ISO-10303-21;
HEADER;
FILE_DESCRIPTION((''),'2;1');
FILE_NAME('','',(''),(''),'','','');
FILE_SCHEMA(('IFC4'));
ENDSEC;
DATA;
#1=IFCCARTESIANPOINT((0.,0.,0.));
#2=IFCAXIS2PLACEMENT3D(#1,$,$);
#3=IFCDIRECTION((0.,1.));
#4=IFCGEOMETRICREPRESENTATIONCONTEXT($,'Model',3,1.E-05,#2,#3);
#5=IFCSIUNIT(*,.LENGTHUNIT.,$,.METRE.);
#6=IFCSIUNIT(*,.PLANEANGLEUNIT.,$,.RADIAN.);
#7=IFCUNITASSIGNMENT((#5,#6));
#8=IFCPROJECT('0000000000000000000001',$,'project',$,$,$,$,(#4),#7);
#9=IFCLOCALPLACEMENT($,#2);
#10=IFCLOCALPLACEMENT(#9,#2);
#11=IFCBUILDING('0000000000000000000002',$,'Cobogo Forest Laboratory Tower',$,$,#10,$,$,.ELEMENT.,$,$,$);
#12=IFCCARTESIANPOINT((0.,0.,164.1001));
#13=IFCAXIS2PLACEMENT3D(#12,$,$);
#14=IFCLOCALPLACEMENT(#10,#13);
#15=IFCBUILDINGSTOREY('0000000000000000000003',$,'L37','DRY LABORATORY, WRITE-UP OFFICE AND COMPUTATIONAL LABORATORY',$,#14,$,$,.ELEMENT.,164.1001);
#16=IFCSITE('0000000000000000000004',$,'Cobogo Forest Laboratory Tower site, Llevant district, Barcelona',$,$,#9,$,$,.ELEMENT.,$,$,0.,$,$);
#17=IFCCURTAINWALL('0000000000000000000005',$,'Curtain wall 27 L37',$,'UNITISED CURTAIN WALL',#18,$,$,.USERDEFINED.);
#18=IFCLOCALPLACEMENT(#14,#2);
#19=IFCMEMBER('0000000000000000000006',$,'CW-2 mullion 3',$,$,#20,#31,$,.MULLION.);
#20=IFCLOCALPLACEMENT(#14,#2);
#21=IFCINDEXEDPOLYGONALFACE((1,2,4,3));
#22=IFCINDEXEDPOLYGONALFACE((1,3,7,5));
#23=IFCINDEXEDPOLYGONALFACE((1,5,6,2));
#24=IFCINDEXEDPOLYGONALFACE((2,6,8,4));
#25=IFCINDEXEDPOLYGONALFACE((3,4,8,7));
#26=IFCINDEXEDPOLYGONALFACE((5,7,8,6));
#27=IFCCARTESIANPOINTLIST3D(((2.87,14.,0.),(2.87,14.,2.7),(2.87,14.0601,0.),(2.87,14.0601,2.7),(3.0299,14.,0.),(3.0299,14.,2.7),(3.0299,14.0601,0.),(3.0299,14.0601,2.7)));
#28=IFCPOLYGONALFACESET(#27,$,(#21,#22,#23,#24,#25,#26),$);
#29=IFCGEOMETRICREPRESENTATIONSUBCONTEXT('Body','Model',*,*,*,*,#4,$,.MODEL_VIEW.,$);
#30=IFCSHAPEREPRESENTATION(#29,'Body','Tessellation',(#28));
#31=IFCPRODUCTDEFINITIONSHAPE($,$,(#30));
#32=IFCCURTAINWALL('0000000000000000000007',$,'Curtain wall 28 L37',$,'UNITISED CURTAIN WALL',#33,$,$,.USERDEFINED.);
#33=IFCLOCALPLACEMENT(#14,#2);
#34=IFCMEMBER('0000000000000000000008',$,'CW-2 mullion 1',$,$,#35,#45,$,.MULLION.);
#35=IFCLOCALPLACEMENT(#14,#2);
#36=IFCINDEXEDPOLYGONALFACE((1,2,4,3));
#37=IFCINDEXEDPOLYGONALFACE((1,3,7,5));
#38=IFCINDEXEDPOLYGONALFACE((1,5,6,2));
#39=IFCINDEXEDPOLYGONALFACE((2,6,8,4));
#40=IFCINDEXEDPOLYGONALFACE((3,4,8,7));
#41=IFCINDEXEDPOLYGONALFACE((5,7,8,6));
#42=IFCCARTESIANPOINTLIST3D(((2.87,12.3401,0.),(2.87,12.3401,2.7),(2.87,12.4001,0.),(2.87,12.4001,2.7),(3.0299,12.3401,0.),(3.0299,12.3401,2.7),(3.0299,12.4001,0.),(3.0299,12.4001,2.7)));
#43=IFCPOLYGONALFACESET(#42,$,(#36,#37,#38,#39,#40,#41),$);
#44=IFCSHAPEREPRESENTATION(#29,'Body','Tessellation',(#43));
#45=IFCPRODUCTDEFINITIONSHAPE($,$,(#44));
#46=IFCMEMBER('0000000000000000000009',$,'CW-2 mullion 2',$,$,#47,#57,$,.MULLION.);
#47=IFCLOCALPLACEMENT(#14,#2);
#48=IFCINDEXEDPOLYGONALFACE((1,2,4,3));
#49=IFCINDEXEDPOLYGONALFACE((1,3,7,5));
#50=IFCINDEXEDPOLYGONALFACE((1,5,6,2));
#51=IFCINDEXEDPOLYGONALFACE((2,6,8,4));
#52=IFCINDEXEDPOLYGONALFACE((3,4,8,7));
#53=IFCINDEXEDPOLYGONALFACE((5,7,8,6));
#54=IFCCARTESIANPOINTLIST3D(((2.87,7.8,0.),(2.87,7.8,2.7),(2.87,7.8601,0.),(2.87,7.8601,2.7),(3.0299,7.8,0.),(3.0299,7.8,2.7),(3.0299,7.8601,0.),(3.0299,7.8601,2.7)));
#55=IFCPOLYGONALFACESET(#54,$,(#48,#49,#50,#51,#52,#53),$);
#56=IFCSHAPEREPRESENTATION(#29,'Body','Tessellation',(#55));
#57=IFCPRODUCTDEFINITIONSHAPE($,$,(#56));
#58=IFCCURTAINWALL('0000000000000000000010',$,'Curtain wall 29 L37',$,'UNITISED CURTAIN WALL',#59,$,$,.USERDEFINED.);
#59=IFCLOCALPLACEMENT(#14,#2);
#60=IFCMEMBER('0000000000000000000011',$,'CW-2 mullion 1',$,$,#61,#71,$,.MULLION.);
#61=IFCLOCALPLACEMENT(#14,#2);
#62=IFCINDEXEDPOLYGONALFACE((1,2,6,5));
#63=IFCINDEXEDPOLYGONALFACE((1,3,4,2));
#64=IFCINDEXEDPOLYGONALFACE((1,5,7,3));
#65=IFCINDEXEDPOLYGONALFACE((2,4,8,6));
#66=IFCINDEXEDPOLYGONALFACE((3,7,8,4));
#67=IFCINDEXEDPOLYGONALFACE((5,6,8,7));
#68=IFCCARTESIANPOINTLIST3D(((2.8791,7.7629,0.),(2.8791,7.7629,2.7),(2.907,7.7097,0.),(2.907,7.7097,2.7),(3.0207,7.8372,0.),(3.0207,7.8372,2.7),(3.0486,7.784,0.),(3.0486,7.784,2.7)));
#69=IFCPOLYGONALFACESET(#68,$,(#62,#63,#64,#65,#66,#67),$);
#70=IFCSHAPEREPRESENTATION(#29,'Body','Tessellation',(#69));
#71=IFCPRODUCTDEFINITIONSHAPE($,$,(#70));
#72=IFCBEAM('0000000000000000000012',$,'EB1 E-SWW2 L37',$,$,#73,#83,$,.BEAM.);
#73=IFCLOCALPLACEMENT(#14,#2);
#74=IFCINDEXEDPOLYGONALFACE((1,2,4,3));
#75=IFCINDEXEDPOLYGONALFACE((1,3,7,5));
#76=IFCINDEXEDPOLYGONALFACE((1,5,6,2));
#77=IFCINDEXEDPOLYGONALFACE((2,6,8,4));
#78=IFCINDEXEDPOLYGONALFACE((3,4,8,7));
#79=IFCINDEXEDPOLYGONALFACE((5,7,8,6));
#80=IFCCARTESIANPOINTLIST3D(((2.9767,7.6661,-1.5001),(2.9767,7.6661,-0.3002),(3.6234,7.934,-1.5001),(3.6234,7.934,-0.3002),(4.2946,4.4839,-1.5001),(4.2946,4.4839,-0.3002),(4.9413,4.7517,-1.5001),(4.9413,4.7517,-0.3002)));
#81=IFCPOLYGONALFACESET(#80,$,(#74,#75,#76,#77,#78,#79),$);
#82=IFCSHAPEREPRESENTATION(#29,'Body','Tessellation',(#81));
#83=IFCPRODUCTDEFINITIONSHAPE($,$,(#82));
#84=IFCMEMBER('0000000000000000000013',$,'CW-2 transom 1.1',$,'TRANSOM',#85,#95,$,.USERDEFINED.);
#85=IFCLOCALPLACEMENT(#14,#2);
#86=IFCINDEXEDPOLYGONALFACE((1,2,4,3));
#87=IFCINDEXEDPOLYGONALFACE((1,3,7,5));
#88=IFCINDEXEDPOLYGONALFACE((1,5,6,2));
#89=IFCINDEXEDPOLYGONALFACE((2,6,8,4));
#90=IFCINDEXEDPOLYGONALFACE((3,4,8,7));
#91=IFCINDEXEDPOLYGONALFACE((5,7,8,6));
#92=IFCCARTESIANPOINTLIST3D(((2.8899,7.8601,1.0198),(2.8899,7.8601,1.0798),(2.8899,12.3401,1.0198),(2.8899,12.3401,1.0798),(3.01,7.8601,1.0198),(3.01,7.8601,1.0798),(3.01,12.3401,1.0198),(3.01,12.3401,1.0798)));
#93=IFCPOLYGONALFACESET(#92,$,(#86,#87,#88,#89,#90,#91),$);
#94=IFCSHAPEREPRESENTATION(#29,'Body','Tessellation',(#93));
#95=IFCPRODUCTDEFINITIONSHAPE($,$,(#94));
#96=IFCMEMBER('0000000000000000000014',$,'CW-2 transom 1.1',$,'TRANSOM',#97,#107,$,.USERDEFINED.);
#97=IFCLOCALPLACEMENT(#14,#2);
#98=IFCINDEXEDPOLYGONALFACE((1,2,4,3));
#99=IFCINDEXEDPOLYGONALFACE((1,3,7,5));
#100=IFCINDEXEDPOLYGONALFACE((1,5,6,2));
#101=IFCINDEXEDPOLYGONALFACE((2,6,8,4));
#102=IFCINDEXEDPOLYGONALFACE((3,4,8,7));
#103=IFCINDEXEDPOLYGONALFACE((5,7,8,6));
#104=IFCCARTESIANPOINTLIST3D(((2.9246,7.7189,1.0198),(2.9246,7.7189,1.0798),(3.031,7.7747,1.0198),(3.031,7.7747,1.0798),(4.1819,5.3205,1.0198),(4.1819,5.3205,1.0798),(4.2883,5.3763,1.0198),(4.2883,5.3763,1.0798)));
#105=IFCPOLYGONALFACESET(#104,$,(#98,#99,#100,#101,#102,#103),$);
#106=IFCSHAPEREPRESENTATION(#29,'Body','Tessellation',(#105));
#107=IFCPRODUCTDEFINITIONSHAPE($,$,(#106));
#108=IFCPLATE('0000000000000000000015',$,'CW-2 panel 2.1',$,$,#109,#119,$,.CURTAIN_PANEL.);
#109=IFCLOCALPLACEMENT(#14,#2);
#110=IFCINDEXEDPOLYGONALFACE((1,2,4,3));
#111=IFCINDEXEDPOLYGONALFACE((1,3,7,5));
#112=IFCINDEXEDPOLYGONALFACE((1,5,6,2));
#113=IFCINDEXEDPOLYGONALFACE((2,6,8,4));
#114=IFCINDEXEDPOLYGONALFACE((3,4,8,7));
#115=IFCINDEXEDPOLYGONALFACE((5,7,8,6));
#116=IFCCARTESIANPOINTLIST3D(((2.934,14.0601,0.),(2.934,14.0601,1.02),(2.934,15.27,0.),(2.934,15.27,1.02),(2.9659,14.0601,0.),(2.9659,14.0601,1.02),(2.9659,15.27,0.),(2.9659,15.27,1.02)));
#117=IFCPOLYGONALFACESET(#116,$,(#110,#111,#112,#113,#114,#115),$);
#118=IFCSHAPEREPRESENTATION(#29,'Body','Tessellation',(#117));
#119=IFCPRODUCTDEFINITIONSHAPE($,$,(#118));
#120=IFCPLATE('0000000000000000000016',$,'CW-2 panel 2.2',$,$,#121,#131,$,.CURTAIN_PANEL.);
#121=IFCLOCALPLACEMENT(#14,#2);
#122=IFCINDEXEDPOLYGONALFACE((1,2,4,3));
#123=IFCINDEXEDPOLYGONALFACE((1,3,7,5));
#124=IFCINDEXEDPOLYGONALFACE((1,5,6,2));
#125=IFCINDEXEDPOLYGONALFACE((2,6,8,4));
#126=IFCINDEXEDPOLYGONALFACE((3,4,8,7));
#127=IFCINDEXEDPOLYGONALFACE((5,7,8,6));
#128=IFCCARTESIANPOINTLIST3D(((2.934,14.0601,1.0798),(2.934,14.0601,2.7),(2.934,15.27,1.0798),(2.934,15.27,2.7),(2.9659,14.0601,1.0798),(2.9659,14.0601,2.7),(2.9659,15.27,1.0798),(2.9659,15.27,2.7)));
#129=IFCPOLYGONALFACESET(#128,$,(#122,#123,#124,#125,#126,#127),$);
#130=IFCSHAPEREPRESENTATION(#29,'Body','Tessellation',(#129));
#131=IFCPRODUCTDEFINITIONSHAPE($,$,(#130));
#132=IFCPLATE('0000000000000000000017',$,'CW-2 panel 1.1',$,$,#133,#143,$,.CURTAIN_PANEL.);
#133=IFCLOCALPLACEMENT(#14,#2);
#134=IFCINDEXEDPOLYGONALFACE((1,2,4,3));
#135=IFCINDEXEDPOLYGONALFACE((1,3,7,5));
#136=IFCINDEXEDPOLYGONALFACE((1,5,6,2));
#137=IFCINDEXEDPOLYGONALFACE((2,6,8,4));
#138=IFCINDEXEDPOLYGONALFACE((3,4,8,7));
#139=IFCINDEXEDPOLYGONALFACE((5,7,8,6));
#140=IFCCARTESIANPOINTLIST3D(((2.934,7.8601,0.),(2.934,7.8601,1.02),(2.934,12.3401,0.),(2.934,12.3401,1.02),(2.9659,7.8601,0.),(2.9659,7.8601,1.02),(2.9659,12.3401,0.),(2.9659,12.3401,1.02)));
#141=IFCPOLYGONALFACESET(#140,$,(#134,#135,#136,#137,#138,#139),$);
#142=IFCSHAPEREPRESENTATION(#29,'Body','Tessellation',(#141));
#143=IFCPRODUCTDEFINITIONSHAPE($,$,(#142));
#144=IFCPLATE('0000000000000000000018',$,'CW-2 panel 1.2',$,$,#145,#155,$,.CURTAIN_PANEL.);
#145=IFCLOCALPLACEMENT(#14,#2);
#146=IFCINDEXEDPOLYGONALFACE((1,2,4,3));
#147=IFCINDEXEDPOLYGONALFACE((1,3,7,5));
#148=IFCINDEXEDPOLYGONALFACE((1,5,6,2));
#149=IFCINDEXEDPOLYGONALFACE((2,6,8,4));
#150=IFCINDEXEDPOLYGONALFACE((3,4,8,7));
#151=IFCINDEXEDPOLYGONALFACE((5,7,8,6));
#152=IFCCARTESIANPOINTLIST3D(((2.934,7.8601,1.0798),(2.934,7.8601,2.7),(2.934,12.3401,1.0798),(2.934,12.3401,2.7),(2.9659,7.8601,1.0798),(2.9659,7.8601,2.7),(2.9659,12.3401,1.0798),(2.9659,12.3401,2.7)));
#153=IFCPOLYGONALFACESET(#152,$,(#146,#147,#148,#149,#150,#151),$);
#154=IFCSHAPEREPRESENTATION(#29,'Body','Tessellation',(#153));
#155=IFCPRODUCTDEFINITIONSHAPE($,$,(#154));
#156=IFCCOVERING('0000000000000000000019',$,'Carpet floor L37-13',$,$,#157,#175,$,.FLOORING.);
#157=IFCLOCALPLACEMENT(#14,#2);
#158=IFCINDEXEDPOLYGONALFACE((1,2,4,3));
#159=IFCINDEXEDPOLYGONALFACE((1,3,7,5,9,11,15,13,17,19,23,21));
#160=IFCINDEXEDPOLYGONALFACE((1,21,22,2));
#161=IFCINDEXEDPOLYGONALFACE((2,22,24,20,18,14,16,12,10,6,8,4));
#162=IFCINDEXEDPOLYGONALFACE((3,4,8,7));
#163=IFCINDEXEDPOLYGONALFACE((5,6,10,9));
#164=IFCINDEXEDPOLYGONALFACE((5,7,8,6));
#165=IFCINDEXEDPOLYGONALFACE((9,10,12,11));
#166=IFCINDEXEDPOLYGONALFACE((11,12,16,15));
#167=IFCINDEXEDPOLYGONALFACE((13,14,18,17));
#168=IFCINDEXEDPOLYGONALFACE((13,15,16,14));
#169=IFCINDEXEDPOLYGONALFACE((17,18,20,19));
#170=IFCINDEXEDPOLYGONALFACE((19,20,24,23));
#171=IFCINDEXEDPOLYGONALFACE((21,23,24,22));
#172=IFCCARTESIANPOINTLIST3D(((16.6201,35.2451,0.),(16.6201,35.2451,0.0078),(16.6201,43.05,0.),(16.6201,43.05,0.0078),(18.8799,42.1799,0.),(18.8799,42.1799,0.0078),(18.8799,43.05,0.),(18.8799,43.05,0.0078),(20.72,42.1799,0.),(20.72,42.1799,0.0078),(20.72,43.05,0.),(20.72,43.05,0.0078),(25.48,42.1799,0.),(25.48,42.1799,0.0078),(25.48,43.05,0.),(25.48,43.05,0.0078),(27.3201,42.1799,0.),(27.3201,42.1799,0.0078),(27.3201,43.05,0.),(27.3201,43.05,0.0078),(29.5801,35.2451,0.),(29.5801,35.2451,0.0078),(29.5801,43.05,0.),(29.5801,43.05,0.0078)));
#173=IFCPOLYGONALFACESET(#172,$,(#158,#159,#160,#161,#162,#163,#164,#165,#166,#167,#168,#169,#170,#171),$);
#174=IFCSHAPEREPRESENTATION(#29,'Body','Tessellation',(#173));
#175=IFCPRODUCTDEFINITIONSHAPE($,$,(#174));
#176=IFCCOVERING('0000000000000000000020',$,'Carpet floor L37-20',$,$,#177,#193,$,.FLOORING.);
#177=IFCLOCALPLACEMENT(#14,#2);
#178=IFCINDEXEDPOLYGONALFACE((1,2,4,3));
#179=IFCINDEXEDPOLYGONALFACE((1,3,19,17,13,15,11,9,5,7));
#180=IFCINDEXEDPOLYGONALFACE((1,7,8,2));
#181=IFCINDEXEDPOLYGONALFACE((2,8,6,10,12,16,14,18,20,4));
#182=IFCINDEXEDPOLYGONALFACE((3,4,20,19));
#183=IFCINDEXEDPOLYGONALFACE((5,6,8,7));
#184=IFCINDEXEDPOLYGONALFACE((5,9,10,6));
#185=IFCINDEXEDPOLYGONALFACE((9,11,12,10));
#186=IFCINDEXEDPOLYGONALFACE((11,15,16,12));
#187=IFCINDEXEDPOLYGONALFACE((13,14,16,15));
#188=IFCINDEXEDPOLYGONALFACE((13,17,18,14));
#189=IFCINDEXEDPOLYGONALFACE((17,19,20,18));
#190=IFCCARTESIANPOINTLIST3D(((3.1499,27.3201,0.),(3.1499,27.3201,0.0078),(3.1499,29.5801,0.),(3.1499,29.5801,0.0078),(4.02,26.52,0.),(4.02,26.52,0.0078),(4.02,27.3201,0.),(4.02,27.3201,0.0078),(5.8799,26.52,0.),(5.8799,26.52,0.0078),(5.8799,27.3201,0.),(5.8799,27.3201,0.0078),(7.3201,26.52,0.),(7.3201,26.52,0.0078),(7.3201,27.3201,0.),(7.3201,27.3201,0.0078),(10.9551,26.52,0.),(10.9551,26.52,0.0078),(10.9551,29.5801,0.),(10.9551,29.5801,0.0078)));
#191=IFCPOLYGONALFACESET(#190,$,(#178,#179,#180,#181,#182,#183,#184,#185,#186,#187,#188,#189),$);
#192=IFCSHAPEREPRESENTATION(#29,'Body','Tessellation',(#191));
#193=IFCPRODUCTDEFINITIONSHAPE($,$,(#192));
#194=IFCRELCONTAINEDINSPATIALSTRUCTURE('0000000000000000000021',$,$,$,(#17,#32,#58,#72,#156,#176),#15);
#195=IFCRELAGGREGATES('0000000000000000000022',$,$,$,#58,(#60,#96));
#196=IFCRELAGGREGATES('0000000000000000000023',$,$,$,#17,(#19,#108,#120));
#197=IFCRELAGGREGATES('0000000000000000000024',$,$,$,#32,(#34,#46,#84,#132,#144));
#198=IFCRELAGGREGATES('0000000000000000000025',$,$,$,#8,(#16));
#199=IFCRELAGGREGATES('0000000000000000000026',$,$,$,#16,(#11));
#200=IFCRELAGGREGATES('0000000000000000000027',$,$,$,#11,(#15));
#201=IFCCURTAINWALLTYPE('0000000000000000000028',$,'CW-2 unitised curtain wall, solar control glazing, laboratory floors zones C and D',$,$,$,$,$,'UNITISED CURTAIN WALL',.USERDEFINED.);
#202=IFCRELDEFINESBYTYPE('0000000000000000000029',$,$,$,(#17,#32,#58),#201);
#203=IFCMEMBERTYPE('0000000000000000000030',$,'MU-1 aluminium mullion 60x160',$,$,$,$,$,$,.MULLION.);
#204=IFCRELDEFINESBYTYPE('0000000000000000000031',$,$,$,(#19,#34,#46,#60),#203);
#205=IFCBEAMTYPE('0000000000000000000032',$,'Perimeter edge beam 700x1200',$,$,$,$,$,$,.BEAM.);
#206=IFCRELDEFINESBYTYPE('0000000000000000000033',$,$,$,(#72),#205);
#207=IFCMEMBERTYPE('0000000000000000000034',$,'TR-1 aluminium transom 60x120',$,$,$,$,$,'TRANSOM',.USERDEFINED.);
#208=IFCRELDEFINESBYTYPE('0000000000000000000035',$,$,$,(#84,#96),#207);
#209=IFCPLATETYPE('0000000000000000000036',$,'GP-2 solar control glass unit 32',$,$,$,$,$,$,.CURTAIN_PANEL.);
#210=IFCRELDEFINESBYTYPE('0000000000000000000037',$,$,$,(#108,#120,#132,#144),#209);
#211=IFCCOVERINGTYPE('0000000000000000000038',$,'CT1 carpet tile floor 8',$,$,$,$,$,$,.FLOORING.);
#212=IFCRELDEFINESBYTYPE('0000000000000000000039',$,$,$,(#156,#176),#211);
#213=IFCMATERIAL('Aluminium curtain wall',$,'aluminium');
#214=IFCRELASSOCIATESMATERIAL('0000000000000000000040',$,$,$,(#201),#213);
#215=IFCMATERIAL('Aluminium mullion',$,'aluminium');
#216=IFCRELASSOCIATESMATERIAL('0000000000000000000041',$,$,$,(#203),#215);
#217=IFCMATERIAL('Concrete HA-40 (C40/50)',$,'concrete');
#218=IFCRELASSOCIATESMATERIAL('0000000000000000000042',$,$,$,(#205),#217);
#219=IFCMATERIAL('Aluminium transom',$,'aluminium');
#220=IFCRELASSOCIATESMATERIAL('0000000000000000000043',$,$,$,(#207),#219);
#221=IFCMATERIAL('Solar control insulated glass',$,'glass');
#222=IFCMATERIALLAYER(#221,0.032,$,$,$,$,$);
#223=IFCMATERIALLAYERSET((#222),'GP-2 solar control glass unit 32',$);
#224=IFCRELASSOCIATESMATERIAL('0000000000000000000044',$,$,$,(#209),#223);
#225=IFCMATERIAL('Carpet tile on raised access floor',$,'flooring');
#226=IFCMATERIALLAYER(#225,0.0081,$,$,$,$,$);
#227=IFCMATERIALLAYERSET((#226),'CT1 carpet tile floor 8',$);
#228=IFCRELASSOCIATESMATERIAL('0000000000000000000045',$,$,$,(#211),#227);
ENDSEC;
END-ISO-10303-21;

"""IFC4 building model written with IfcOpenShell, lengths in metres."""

from ifc_helpers import new_model, si_unit, direction, frame, origin, origin_2d, place, context, subcontext, project, spatial, polyline, rectangle, outline, extrude, material, layer, layer_set, material_profile, profile_set, type_object, element, aggregate, save


model = new_model("IFC4")

# Units and contexts
model_context = context("Model", 3, precision=1e-05, world=origin(), true_north=direction((0.0, 1.0)))
body_context = subcontext(model_context, "Body", "Model", "MODEL_VIEW")
ifc_project = project(units=[si_unit("LENGTHUNIT", "METRE"), si_unit("PLANEANGLEUNIT", "RADIAN")], contexts=[model_context])

# Site, building, storey
site_placement = place(None, origin())
site = spatial("IfcSite", under=ifc_project, at=site_placement, Name="Cobogo Forest Laboratory Tower site, Llevant district, Barcelona", CompositionType="ELEMENT", RefElevation=0.0)
building_placement = place(site_placement, origin())
building = spatial("IfcBuilding", under=site, at=building_placement, Name="Cobogo Forest Laboratory Tower", CompositionType="ELEMENT")
storey_placement = place(building_placement, frame((0.0, 0.0, 164.1001)))
storey = spatial("IfcBuildingStorey", under=building, at=storey_placement, Name="L37", Description="DRY LABORATORY, WRITE-UP OFFICE AND COMPUTATIONAL LABORATORY", CompositionType="ELEMENT", Elevation=164.1001)

# Curtain wall, member
ifc_material_1 = material(Name="Aluminium curtain wall", Category="aluminium")
curtain_wall_type = type_object("IfcCurtainWallType", Name="CW-2 unitised curtain wall, solar control glazing, laboratory floors zones C and D", ElementType="UNITISED CURTAIN WALL", PredefinedType="USERDEFINED", material=ifc_material_1)
curtain_wall_1_placement = place(storey_placement, origin())
curtain_wall_1 = element("IfcCurtainWall", 1, at=curtain_wall_1_placement, inside=storey, type_object=curtain_wall_type, Name="Curtain wall 27 L37", ObjectType="UNITISED CURTAIN WALL", PredefinedType="USERDEFINED")
ifc_material_2 = material(Name="Aluminium mullion", Category="aluminium")
ifc_material_profile_1 = material_profile(ifc_material_2, rectangle(XDim=0.0601, YDim=0.1599, at=origin_2d()), Name="AL 60x160")
ifc_profile_set_1 = profile_set([ifc_material_profile_1], Name="Aluminium mullion")
member_type_1 = type_object("IfcMemberType", Name="MU-1 aluminium mullion 60x160", PredefinedType="MULLION", material=ifc_profile_set_1)
member_1_placement = place(storey_placement, frame((2.95, 14.03, 0.0), z_axis=(0.0, 0.0, 1.0), x_axis=(0.0, -1.0, 0.0)))
member_1 = element("IfcMember", 2, at=member_1_placement, type_object=member_type_1, Name="CW-2 mullion 3", PredefinedType="MULLION", context=body_context, shape_type="SweptSolid", body=[
    extrude(rectangle(XDim=0.0601, YDim=0.1599, at=origin_2d()), origin(), (0.0, 0.0, 1.0), 2.7),
])

# Curtain wall, members
curtain_wall_2_placement = place(storey_placement, origin())
curtain_wall_2 = element("IfcCurtainWall", 3, at=curtain_wall_2_placement, inside=storey, type_object=curtain_wall_type, Name="Curtain wall 28 L37", ObjectType="UNITISED CURTAIN WALL", PredefinedType="USERDEFINED")
member_2_placement = place(storey_placement, frame((2.95, 12.3701, 0.0), z_axis=(0.0, 0.0, 1.0), x_axis=(0.0, -1.0, 0.0)))
member_2 = element("IfcMember", 4, at=member_2_placement, type_object=member_type_1, Name="CW-2 mullion 1", PredefinedType="MULLION", context=body_context, shape_type="SweptSolid", body=[
    extrude(rectangle(XDim=0.0601, YDim=0.1599, at=origin_2d()), origin(), (0.0, 0.0, 1.0), 2.7),
])
member_3_placement = place(storey_placement, frame((2.95, 7.8301, 0.0), z_axis=(0.0, 0.0, 1.0), x_axis=(0.0, -1.0, 0.0)))
member_3 = element("IfcMember", 5, at=member_3_placement, type_object=member_type_1, Name="CW-2 mullion 2", PredefinedType="MULLION", context=body_context, shape_type="SweptSolid", body=[
    extrude(rectangle(XDim=0.0601, YDim=0.1599, at=origin_2d()), origin(), (0.0, 0.0, 1.0), 2.7),
])

# Curtain wall, member
curtain_wall_3_placement = place(storey_placement, origin())
curtain_wall_3 = element("IfcCurtainWall", 6, at=curtain_wall_3_placement, inside=storey, type_object=curtain_wall_type, Name="Curtain wall 29 L37", ObjectType="UNITISED CURTAIN WALL", PredefinedType="USERDEFINED")
member_4_placement = place(storey_placement, frame((2.9639, 7.7734, 0.0), z_axis=(0.0, 0.0, 1.0), x_axis=(0.464284, -0.885686, 0.0)))
member_4 = element("IfcMember", 7, at=member_4_placement, type_object=member_type_1, Name="CW-2 mullion 1", PredefinedType="MULLION", context=body_context, shape_type="SweptSolid", body=[
    extrude(rectangle(XDim=0.0601, YDim=0.1599, at=origin_2d()), origin(), (0.0, 0.0, 1.0), 2.7),
])

# Beam
ifc_material_3 = material(Name="Concrete HA-40 (C40/50)", Category="concrete")
ifc_material_profile_2 = material_profile(ifc_material_3, rectangle(XDim=0.7, YDim=1.2, at=origin_2d()), Name="RC 700x1200")
ifc_profile_set_2 = profile_set([ifc_material_profile_2], Name="Concrete HA-40 (C40/50)")
beam_type = type_object("IfcBeamType", Name="Perimeter edge beam 700x1200", PredefinedType="BEAM", material=ifc_profile_set_2)
beam_placement = place(storey_placement, frame((3.3, 7.8, -0.9001), z_axis=(0.382631, -0.923901, 0.0), x_axis=(0.923901, 0.382631, 0.0)))
element("IfcBeam", 8, at=beam_placement, inside=storey, type_object=beam_type, Name="EB1 E-SWW2 L37", PredefinedType="BEAM", context=body_context, shape_type="SweptSolid", body=[
    extrude(rectangle(XDim=0.7, YDim=1.2, at=origin_2d()), origin(), (0.0, 0.0, 1.0), 3.4443),
])

# Members
ifc_material_4 = material(Name="Aluminium transom", Category="aluminium")
ifc_material_profile_3 = material_profile(ifc_material_4, rectangle(XDim=0.1201, YDim=0.0601, at=origin_2d()), Name="AL 60x120")
ifc_profile_set_3 = profile_set([ifc_material_profile_3], Name="Aluminium transom")
member_type_2 = type_object("IfcMemberType", Name="TR-1 aluminium transom 60x120", ElementType="TRANSOM", PredefinedType="USERDEFINED", material=ifc_profile_set_3)
member_5_placement = place(storey_placement, frame((2.95, 12.3401, 1.0498), z_axis=(0.0, -1.0, 0.0), x_axis=(1.0, 0.0, 0.0)))
member_5 = element("IfcMember", 9, at=member_5_placement, type_object=member_type_2, Name="CW-2 transom 1.1", ObjectType="TRANSOM", PredefinedType="USERDEFINED", context=body_context, shape_type="SweptSolid", body=[
    extrude(rectangle(XDim=0.1201, YDim=0.0601, at=origin_2d()), origin(), (0.0, 0.0, 1.0), 4.48),
])
member_6_placement = place(storey_placement, frame((2.9778, 7.7468, 1.0498), z_axis=(0.464297, -0.88568, 0.0), x_axis=(0.88568, 0.464297, 0.0)))
member_6 = element("IfcMember", 10, at=member_6_placement, type_object=member_type_2, Name="CW-2 transom 1.1", ObjectType="TRANSOM", PredefinedType="USERDEFINED", context=body_context, shape_type="SweptSolid", body=[
    extrude(rectangle(XDim=0.1201, YDim=0.0601, at=origin_2d()), origin(), (0.0, 0.0, 1.0), 2.708),
])
aggregate(curtain_wall_3, [member_4, member_6])

# Plates
ifc_material_5 = material(Name="Solar control insulated glass", Category="glass")
ifc_layer_1 = layer(ifc_material_5, 0.032)
ifc_layer_set_1 = layer_set([ifc_layer_1], Name="GP-2 solar control glass unit 32")
plate_type_1 = type_object("IfcPlateType", Name="GP-2 solar control glass unit 32", PredefinedType="CURTAIN_PANEL", material=ifc_layer_set_1)
plate_1_placement = place(storey_placement, frame((2.95, 14.665, 0.0), z_axis=(0.0, 0.0, 1.0), x_axis=(0.0, -1.0, 0.0)))
plate_1 = element("IfcPlate", 11, at=plate_1_placement, type_object=plate_type_1, Name="CW-2 panel 2.1", PredefinedType="CURTAIN_PANEL", context=body_context, shape_type="SweptSolid", body=[
    extrude(rectangle(XDim=1.21, YDim=0.032, at=origin_2d()), origin(), (0.0, 0.0, 1.0), 1.02),
])
plate_2_placement = place(storey_placement, frame((2.95, 14.665, 1.0798), z_axis=(0.0, 0.0, 1.0), x_axis=(0.0, -1.0, 0.0)))
plate_2 = element("IfcPlate", 12, at=plate_2_placement, type_object=plate_type_1, Name="CW-2 panel 2.2", PredefinedType="CURTAIN_PANEL", context=body_context, shape_type="SweptSolid", body=[
    extrude(rectangle(XDim=1.21, YDim=0.032, at=origin_2d()), origin(), (0.0, 0.0, 1.0), 1.6201),
])
aggregate(curtain_wall_1, [member_1, plate_1, plate_2])
plate_3_placement = place(storey_placement, frame((2.95, 10.1001, 0.0), z_axis=(0.0, 0.0, 1.0), x_axis=(0.0, -1.0, 0.0)))
plate_3 = element("IfcPlate", 13, at=plate_3_placement, type_object=plate_type_1, Name="CW-2 panel 1.1", PredefinedType="CURTAIN_PANEL", context=body_context, shape_type="SweptSolid", body=[
    extrude(rectangle(XDim=4.48, YDim=0.032, at=origin_2d()), origin(), (0.0, 0.0, 1.0), 1.02),
])
plate_4_placement = place(storey_placement, frame((2.95, 10.1001, 1.0798), z_axis=(0.0, 0.0, 1.0), x_axis=(0.0, -1.0, 0.0)))
plate_4 = element("IfcPlate", 14, at=plate_4_placement, type_object=plate_type_1, Name="CW-2 panel 1.2", PredefinedType="CURTAIN_PANEL", context=body_context, shape_type="SweptSolid", body=[
    extrude(rectangle(XDim=4.48, YDim=0.032, at=origin_2d()), origin(), (0.0, 0.0, 1.0), 1.6201),
])
aggregate(curtain_wall_2, [member_2, member_3, member_5, plate_3, plate_4])

# Coverings
ifc_material_6 = material(Name="Carpet tile on raised access floor", Category="flooring")
ifc_layer_2 = layer(ifc_material_6, 0.0081)
ifc_layer_set_2 = layer_set([ifc_layer_2], Name="CT1 carpet tile floor 8")
covering_type_1 = type_object("IfcCoveringType", Name="CT1 carpet tile floor 8", PredefinedType="FLOORING", material=ifc_layer_set_2)
covering_1_placement = place(storey_placement, origin())
element("IfcCovering", 15, at=covering_1_placement, inside=storey, type_object=covering_type_1, Name="Carpet floor L37-13", PredefinedType="FLOORING", context=body_context, shape_type="SweptSolid", body=[
    extrude(outline(polyline([(16.6201, 35.2451), (16.6201, 43.05), (18.8799, 43.05), (18.8799, 42.1799), (20.72, 42.1799), (20.72, 43.05), (25.48, 43.05), (25.48, 42.1799), (27.3201, 42.1799), (27.3201, 43.05), (29.5801, 43.05), (29.5801, 35.2451), (16.6201, 35.2451)])), origin(), (0.0, 0.0, 1.0), 0.0078),
])
covering_2_placement = place(storey_placement, origin())
element("IfcCovering", 16, at=covering_2_placement, inside=storey, type_object=covering_type_1, Name="Carpet floor L37-20", PredefinedType="FLOORING", context=body_context, shape_type="SweptSolid", body=[
    extrude(outline(polyline([(10.9551, 26.52), (7.3201, 26.52), (7.3201, 27.3201), (5.8799, 27.3201), (5.8799, 26.52), (4.02, 26.52), (4.02, 27.3201), (3.1499, 27.3201), (3.1499, 29.5801), (10.9551, 29.5801), (10.9551, 26.52)])), origin(), (0.0, 0.0, 1.0), 0.0078),
])

save(model, "model.ifc")
